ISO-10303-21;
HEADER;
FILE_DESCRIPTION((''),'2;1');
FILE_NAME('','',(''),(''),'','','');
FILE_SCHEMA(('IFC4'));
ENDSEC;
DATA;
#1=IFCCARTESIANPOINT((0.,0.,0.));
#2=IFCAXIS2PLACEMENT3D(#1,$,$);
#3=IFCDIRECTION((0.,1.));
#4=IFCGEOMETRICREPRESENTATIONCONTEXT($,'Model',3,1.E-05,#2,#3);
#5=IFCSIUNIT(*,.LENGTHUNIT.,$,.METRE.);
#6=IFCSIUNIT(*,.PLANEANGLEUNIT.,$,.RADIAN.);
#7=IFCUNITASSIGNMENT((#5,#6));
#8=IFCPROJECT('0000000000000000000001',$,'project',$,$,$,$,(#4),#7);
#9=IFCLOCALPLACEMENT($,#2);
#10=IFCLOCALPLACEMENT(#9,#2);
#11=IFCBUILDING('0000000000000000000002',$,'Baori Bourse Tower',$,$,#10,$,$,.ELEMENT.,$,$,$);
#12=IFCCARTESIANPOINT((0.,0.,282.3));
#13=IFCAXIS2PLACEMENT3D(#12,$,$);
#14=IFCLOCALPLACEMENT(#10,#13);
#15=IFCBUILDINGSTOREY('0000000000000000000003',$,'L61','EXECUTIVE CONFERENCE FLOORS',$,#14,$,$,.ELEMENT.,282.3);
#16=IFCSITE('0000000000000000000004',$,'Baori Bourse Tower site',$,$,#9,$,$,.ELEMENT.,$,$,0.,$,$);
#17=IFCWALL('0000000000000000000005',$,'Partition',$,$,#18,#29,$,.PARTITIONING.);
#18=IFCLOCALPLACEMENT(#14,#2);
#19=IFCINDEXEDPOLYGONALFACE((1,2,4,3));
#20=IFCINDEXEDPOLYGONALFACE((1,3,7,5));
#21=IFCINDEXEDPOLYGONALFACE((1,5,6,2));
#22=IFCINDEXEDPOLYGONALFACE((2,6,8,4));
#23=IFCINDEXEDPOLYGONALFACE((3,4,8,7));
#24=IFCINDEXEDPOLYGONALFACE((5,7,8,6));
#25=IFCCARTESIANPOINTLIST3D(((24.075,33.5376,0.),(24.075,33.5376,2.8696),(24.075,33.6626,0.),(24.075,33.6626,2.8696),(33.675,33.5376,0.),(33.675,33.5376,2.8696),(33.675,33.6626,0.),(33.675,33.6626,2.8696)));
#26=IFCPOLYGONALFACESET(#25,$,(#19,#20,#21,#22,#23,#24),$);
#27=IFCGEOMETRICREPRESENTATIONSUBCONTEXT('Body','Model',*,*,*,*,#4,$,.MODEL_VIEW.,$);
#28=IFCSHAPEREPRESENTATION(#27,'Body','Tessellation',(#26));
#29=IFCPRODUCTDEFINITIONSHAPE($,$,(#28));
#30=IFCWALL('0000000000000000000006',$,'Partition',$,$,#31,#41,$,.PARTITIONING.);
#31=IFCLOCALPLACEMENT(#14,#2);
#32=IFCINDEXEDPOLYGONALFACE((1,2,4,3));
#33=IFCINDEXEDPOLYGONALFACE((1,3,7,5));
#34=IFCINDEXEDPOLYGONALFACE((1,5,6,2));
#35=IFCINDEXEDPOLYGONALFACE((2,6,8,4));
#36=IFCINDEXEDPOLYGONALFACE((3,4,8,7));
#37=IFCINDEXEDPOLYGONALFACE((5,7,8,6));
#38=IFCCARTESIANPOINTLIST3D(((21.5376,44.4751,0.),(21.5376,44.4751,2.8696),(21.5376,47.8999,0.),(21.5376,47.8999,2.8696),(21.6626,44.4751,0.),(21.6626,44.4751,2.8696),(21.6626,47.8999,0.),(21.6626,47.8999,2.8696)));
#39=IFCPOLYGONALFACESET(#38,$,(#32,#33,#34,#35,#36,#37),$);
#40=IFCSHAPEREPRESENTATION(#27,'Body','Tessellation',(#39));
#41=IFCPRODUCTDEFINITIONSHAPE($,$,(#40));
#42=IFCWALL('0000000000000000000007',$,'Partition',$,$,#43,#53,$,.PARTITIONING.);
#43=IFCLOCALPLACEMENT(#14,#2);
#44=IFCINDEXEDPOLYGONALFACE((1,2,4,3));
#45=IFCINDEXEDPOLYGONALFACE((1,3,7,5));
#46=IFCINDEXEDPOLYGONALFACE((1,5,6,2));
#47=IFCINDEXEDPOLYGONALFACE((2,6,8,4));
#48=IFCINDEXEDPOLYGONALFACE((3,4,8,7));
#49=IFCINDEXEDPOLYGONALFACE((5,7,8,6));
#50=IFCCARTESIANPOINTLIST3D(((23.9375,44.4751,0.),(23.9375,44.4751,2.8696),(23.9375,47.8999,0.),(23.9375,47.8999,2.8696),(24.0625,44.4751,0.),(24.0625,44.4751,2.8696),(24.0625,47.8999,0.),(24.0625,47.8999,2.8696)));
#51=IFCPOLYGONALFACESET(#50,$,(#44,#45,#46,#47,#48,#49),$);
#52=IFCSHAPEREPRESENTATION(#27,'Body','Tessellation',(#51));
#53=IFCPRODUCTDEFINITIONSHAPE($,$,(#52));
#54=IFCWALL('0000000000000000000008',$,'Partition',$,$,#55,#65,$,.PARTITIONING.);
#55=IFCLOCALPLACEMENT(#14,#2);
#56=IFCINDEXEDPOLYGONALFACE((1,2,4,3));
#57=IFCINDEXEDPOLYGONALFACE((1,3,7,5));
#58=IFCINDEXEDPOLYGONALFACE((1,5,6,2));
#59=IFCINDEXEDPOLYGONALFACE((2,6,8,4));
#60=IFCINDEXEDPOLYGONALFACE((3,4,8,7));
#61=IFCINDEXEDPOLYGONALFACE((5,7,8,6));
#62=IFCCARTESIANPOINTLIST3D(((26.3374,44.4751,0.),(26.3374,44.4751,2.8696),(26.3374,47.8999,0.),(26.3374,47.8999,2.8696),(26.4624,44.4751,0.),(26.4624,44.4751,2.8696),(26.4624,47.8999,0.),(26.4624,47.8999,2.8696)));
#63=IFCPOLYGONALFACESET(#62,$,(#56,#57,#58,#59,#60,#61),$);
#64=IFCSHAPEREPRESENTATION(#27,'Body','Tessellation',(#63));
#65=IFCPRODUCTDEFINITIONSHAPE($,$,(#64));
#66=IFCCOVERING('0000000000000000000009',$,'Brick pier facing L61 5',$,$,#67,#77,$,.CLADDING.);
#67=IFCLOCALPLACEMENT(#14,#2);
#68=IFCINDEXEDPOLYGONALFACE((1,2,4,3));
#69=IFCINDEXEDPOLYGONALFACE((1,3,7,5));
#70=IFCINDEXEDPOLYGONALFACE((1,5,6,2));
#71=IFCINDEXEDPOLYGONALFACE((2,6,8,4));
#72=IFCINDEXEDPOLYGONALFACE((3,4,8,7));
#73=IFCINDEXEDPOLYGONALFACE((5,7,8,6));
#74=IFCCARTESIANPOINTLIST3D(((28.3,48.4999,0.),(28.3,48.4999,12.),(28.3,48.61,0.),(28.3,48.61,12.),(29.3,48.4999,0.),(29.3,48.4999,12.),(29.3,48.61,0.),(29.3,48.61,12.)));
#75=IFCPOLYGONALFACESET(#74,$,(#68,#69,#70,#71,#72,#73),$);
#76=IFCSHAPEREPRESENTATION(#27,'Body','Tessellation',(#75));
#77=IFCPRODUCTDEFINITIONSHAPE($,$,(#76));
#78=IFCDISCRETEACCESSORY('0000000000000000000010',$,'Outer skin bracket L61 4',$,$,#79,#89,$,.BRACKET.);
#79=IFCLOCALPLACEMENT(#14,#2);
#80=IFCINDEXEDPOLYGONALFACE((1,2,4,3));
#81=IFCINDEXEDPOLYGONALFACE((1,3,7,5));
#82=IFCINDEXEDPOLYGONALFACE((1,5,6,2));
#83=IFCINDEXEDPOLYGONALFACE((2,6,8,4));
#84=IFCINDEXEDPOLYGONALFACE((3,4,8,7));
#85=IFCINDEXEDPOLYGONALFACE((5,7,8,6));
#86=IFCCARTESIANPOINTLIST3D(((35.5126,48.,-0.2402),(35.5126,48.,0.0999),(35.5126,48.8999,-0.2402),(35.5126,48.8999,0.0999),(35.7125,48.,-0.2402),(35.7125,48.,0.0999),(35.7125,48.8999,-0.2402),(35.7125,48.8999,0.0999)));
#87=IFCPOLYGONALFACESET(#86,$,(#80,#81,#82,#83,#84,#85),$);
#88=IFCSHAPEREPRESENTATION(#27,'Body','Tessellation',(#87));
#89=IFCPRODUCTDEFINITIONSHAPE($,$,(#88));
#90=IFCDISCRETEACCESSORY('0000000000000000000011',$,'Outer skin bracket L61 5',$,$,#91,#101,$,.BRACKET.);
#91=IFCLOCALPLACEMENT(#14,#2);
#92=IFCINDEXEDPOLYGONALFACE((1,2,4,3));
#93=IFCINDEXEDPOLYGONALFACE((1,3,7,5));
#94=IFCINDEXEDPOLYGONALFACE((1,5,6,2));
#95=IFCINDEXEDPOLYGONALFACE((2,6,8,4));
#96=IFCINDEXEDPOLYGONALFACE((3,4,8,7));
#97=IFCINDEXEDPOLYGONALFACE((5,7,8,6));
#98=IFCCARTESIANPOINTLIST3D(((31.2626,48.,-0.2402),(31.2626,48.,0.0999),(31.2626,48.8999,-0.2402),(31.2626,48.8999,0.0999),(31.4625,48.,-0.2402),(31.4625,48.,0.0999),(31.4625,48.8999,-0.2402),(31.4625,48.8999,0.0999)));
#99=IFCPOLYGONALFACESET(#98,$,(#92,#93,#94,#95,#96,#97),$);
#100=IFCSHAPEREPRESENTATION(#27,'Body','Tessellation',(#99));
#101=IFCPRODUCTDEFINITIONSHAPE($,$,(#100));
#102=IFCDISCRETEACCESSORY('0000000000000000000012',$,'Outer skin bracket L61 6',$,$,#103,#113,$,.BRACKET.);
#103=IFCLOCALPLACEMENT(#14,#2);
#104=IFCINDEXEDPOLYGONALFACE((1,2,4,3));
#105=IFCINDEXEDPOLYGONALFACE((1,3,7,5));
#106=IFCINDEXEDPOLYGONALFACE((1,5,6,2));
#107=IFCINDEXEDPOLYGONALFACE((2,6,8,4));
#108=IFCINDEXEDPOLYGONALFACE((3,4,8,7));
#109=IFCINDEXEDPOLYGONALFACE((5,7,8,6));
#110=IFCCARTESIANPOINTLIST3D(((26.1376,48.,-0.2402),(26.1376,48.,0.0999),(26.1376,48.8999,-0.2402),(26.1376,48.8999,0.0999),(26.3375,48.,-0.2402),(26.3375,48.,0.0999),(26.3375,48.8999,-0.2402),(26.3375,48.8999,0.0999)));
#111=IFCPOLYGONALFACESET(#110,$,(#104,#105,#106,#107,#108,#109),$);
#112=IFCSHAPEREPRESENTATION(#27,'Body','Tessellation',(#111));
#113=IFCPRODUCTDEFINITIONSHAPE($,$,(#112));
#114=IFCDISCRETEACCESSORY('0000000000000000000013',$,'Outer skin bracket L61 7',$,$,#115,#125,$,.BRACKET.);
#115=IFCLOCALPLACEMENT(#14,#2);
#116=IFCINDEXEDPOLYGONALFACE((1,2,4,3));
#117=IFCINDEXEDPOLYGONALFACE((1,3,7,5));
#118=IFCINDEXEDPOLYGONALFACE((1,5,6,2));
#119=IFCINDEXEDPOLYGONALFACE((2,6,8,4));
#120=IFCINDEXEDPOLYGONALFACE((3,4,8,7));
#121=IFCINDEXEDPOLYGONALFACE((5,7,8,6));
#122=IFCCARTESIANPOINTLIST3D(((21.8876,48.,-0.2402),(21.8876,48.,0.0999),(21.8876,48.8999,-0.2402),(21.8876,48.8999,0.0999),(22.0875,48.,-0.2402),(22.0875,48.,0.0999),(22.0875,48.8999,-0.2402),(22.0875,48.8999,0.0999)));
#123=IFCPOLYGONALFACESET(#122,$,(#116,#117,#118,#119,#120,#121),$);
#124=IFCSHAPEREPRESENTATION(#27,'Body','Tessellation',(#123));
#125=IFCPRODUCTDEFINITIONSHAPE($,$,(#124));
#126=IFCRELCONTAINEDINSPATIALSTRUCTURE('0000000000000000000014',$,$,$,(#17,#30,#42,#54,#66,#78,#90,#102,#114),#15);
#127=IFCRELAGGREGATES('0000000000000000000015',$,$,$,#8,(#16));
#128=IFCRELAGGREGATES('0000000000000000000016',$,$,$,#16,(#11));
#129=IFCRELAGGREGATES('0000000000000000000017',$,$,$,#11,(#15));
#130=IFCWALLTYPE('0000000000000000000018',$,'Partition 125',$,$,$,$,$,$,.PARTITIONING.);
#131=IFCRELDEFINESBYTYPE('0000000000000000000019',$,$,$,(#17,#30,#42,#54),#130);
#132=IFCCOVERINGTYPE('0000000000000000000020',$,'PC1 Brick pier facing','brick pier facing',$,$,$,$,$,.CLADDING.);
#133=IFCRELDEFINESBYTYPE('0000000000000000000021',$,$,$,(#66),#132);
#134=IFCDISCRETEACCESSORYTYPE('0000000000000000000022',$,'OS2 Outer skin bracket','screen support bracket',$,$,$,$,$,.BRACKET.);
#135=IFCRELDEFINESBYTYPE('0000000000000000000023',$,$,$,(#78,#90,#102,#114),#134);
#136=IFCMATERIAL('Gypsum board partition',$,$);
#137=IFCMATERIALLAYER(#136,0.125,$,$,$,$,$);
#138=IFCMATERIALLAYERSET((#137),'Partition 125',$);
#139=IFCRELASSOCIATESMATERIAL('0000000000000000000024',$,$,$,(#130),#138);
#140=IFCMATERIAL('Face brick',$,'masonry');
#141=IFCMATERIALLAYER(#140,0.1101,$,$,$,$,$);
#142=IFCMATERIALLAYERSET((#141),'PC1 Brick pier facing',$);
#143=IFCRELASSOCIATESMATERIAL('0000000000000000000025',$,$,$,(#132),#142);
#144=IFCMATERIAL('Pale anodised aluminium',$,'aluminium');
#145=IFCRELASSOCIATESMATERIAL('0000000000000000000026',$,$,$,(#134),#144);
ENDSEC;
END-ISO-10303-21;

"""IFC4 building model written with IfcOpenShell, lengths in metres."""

from ifc_helpers import new_model, si_unit, direction, frame, frame_2d, origin, origin_2d, place, context, subcontext, project, spatial, rectangle, extrude, material, layer, layer_set, type_object, element, save


model = new_model("IFC4")

# Units and contexts
model_context = context("Model", 3, precision=1e-05, world=origin(), true_north=direction((0.0, 1.0)))
body_context = subcontext(model_context, "Body", "Model", "MODEL_VIEW")
ifc_project = project(units=[si_unit("LENGTHUNIT", "METRE"), si_unit("PLANEANGLEUNIT", "RADIAN")], contexts=[model_context])

# Site, building, storey
site_placement = place(None, origin())
site = spatial("IfcSite", under=ifc_project, at=site_placement, Name="Baori Bourse Tower site", CompositionType="ELEMENT", RefElevation=0.0)
building_placement = place(site_placement, origin())
building = spatial("IfcBuilding", under=site, at=building_placement, Name="Baori Bourse Tower", CompositionType="ELEMENT")
storey_placement = place(building_placement, frame((0.0, 0.0, 282.3)))
storey = spatial("IfcBuildingStorey", under=building, at=storey_placement, Name="L61", Description="EXECUTIVE CONFERENCE FLOORS", CompositionType="ELEMENT", Elevation=282.3)

# Walls
ifc_material_1 = material(Name="Gypsum board partition")
ifc_layer_1 = layer(ifc_material_1, 0.125)
ifc_layer_set_1 = layer_set([ifc_layer_1], Name="Partition 125")
wall_type_1 = type_object("IfcWallType", Name="Partition 125", PredefinedType="PARTITIONING", material=ifc_layer_set_1)
wall_1_placement = place(storey_placement, frame((24.075, 33.6001, 0.0), z_axis=(0.0, 0.0, 1.0), x_axis=(1.0, 0.0, 0.0)))
element("IfcWall", 1, at=wall_1_placement, inside=storey, type_object=wall_type_1, Name="Partition", PredefinedType="PARTITIONING", context=body_context, shape_type="SweptSolid", body=[
    extrude(rectangle(XDim=9.6001, YDim=0.125, at=frame_2d((4.8, 0.0))), origin(), (0.0, 0.0, 1.0), 2.8696),
])
for number, where, z_axis, x_axis, name in (
    (2, (21.6001, 44.4751, 0.0), (0.0, 0.0, 1.0), (0.0, 1.0, 0.0), "Partition"),
    (3, (24.0, 44.4751, 0.0), (0.0, 0.0, 1.0), (0.0, 1.0, 0.0), "Partition"),
    (4, (26.3999, 44.4751, 0.0), (0.0, 0.0, 1.0), (0.0, 1.0, 0.0), "Partition"),
):
    element("IfcWall", number, at=place(storey_placement, frame(where, z_axis=z_axis, x_axis=x_axis)), inside=storey, type_object=wall_type_1, Name=name, PredefinedType="PARTITIONING", context=body_context, shape_type="SweptSolid", body=[
        extrude(rectangle(XDim=3.4248, YDim=0.125, at=frame_2d((1.7124, 0.0))), origin(), (0.0, 0.0, 1.0), 2.8696),
    ])

# Covering
ifc_material_2 = material(Name="Face brick", Category="masonry")
ifc_layer_2 = layer(ifc_material_2, 0.1101)
ifc_layer_set_2 = layer_set([ifc_layer_2], Name="PC1 Brick pier facing")
covering_type = type_object("IfcCoveringType", Name="PC1 Brick pier facing", Description="brick pier facing", PredefinedType="CLADDING", material=ifc_layer_set_2)
covering_placement = place(storey_placement, frame((28.8, 48.5549, 0.0), z_axis=(0.0, 0.0, 1.0), x_axis=(1.0, 0.0, 0.0)))
element("IfcCovering", 5, at=covering_placement, inside=storey, type_object=covering_type, Name="Brick pier facing L61 5", PredefinedType="CLADDING", context=body_context, shape_type="SweptSolid", body=[
    extrude(rectangle(XDim=1.0, YDim=0.1101, at=origin_2d()), origin(), (0.0, 0.0, 1.0), 12.0),
])

# Discrete accessories
ifc_material_3 = material(Name="Pale anodised aluminium", Category="aluminium")
discrete_accessory_type = type_object("IfcDiscreteAccessoryType", Name="OS2 Outer skin bracket", Description="screen support bracket", PredefinedType="BRACKET", material=ifc_material_3)
for number, where, z_axis, x_axis, name in (
    (6, (35.6125, 48.45, -0.2402), (0.0, 0.0, 1.0), (-1.0, 0.0, 0.0), "Outer skin bracket L61 4"),
    (7, (31.3625, 48.45, -0.2402), (0.0, 0.0, 1.0), (-1.0, 0.0, 0.0), "Outer skin bracket L61 5"),
    (8, (26.2375, 48.45, -0.2402), (0.0, 0.0, 1.0), (-1.0, 0.0, 0.0), "Outer skin bracket L61 6"),
    (9, (21.9875, 48.45, -0.2402), (0.0, 0.0, 1.0), (-1.0, 0.0, 0.0), "Outer skin bracket L61 7"),
):
    element("IfcDiscreteAccessory", number, at=place(storey_placement, frame(where, z_axis=z_axis, x_axis=x_axis)), inside=storey, type_object=discrete_accessory_type, Name=name, PredefinedType="BRACKET", context=body_context, shape_type="SweptSolid", body=[
        extrude(rectangle(XDim=0.2, YDim=0.8999, at=origin_2d()), origin(), (0.0, 0.0, 1.0), 0.3401),
    ])

save(model, "model.ifc")
